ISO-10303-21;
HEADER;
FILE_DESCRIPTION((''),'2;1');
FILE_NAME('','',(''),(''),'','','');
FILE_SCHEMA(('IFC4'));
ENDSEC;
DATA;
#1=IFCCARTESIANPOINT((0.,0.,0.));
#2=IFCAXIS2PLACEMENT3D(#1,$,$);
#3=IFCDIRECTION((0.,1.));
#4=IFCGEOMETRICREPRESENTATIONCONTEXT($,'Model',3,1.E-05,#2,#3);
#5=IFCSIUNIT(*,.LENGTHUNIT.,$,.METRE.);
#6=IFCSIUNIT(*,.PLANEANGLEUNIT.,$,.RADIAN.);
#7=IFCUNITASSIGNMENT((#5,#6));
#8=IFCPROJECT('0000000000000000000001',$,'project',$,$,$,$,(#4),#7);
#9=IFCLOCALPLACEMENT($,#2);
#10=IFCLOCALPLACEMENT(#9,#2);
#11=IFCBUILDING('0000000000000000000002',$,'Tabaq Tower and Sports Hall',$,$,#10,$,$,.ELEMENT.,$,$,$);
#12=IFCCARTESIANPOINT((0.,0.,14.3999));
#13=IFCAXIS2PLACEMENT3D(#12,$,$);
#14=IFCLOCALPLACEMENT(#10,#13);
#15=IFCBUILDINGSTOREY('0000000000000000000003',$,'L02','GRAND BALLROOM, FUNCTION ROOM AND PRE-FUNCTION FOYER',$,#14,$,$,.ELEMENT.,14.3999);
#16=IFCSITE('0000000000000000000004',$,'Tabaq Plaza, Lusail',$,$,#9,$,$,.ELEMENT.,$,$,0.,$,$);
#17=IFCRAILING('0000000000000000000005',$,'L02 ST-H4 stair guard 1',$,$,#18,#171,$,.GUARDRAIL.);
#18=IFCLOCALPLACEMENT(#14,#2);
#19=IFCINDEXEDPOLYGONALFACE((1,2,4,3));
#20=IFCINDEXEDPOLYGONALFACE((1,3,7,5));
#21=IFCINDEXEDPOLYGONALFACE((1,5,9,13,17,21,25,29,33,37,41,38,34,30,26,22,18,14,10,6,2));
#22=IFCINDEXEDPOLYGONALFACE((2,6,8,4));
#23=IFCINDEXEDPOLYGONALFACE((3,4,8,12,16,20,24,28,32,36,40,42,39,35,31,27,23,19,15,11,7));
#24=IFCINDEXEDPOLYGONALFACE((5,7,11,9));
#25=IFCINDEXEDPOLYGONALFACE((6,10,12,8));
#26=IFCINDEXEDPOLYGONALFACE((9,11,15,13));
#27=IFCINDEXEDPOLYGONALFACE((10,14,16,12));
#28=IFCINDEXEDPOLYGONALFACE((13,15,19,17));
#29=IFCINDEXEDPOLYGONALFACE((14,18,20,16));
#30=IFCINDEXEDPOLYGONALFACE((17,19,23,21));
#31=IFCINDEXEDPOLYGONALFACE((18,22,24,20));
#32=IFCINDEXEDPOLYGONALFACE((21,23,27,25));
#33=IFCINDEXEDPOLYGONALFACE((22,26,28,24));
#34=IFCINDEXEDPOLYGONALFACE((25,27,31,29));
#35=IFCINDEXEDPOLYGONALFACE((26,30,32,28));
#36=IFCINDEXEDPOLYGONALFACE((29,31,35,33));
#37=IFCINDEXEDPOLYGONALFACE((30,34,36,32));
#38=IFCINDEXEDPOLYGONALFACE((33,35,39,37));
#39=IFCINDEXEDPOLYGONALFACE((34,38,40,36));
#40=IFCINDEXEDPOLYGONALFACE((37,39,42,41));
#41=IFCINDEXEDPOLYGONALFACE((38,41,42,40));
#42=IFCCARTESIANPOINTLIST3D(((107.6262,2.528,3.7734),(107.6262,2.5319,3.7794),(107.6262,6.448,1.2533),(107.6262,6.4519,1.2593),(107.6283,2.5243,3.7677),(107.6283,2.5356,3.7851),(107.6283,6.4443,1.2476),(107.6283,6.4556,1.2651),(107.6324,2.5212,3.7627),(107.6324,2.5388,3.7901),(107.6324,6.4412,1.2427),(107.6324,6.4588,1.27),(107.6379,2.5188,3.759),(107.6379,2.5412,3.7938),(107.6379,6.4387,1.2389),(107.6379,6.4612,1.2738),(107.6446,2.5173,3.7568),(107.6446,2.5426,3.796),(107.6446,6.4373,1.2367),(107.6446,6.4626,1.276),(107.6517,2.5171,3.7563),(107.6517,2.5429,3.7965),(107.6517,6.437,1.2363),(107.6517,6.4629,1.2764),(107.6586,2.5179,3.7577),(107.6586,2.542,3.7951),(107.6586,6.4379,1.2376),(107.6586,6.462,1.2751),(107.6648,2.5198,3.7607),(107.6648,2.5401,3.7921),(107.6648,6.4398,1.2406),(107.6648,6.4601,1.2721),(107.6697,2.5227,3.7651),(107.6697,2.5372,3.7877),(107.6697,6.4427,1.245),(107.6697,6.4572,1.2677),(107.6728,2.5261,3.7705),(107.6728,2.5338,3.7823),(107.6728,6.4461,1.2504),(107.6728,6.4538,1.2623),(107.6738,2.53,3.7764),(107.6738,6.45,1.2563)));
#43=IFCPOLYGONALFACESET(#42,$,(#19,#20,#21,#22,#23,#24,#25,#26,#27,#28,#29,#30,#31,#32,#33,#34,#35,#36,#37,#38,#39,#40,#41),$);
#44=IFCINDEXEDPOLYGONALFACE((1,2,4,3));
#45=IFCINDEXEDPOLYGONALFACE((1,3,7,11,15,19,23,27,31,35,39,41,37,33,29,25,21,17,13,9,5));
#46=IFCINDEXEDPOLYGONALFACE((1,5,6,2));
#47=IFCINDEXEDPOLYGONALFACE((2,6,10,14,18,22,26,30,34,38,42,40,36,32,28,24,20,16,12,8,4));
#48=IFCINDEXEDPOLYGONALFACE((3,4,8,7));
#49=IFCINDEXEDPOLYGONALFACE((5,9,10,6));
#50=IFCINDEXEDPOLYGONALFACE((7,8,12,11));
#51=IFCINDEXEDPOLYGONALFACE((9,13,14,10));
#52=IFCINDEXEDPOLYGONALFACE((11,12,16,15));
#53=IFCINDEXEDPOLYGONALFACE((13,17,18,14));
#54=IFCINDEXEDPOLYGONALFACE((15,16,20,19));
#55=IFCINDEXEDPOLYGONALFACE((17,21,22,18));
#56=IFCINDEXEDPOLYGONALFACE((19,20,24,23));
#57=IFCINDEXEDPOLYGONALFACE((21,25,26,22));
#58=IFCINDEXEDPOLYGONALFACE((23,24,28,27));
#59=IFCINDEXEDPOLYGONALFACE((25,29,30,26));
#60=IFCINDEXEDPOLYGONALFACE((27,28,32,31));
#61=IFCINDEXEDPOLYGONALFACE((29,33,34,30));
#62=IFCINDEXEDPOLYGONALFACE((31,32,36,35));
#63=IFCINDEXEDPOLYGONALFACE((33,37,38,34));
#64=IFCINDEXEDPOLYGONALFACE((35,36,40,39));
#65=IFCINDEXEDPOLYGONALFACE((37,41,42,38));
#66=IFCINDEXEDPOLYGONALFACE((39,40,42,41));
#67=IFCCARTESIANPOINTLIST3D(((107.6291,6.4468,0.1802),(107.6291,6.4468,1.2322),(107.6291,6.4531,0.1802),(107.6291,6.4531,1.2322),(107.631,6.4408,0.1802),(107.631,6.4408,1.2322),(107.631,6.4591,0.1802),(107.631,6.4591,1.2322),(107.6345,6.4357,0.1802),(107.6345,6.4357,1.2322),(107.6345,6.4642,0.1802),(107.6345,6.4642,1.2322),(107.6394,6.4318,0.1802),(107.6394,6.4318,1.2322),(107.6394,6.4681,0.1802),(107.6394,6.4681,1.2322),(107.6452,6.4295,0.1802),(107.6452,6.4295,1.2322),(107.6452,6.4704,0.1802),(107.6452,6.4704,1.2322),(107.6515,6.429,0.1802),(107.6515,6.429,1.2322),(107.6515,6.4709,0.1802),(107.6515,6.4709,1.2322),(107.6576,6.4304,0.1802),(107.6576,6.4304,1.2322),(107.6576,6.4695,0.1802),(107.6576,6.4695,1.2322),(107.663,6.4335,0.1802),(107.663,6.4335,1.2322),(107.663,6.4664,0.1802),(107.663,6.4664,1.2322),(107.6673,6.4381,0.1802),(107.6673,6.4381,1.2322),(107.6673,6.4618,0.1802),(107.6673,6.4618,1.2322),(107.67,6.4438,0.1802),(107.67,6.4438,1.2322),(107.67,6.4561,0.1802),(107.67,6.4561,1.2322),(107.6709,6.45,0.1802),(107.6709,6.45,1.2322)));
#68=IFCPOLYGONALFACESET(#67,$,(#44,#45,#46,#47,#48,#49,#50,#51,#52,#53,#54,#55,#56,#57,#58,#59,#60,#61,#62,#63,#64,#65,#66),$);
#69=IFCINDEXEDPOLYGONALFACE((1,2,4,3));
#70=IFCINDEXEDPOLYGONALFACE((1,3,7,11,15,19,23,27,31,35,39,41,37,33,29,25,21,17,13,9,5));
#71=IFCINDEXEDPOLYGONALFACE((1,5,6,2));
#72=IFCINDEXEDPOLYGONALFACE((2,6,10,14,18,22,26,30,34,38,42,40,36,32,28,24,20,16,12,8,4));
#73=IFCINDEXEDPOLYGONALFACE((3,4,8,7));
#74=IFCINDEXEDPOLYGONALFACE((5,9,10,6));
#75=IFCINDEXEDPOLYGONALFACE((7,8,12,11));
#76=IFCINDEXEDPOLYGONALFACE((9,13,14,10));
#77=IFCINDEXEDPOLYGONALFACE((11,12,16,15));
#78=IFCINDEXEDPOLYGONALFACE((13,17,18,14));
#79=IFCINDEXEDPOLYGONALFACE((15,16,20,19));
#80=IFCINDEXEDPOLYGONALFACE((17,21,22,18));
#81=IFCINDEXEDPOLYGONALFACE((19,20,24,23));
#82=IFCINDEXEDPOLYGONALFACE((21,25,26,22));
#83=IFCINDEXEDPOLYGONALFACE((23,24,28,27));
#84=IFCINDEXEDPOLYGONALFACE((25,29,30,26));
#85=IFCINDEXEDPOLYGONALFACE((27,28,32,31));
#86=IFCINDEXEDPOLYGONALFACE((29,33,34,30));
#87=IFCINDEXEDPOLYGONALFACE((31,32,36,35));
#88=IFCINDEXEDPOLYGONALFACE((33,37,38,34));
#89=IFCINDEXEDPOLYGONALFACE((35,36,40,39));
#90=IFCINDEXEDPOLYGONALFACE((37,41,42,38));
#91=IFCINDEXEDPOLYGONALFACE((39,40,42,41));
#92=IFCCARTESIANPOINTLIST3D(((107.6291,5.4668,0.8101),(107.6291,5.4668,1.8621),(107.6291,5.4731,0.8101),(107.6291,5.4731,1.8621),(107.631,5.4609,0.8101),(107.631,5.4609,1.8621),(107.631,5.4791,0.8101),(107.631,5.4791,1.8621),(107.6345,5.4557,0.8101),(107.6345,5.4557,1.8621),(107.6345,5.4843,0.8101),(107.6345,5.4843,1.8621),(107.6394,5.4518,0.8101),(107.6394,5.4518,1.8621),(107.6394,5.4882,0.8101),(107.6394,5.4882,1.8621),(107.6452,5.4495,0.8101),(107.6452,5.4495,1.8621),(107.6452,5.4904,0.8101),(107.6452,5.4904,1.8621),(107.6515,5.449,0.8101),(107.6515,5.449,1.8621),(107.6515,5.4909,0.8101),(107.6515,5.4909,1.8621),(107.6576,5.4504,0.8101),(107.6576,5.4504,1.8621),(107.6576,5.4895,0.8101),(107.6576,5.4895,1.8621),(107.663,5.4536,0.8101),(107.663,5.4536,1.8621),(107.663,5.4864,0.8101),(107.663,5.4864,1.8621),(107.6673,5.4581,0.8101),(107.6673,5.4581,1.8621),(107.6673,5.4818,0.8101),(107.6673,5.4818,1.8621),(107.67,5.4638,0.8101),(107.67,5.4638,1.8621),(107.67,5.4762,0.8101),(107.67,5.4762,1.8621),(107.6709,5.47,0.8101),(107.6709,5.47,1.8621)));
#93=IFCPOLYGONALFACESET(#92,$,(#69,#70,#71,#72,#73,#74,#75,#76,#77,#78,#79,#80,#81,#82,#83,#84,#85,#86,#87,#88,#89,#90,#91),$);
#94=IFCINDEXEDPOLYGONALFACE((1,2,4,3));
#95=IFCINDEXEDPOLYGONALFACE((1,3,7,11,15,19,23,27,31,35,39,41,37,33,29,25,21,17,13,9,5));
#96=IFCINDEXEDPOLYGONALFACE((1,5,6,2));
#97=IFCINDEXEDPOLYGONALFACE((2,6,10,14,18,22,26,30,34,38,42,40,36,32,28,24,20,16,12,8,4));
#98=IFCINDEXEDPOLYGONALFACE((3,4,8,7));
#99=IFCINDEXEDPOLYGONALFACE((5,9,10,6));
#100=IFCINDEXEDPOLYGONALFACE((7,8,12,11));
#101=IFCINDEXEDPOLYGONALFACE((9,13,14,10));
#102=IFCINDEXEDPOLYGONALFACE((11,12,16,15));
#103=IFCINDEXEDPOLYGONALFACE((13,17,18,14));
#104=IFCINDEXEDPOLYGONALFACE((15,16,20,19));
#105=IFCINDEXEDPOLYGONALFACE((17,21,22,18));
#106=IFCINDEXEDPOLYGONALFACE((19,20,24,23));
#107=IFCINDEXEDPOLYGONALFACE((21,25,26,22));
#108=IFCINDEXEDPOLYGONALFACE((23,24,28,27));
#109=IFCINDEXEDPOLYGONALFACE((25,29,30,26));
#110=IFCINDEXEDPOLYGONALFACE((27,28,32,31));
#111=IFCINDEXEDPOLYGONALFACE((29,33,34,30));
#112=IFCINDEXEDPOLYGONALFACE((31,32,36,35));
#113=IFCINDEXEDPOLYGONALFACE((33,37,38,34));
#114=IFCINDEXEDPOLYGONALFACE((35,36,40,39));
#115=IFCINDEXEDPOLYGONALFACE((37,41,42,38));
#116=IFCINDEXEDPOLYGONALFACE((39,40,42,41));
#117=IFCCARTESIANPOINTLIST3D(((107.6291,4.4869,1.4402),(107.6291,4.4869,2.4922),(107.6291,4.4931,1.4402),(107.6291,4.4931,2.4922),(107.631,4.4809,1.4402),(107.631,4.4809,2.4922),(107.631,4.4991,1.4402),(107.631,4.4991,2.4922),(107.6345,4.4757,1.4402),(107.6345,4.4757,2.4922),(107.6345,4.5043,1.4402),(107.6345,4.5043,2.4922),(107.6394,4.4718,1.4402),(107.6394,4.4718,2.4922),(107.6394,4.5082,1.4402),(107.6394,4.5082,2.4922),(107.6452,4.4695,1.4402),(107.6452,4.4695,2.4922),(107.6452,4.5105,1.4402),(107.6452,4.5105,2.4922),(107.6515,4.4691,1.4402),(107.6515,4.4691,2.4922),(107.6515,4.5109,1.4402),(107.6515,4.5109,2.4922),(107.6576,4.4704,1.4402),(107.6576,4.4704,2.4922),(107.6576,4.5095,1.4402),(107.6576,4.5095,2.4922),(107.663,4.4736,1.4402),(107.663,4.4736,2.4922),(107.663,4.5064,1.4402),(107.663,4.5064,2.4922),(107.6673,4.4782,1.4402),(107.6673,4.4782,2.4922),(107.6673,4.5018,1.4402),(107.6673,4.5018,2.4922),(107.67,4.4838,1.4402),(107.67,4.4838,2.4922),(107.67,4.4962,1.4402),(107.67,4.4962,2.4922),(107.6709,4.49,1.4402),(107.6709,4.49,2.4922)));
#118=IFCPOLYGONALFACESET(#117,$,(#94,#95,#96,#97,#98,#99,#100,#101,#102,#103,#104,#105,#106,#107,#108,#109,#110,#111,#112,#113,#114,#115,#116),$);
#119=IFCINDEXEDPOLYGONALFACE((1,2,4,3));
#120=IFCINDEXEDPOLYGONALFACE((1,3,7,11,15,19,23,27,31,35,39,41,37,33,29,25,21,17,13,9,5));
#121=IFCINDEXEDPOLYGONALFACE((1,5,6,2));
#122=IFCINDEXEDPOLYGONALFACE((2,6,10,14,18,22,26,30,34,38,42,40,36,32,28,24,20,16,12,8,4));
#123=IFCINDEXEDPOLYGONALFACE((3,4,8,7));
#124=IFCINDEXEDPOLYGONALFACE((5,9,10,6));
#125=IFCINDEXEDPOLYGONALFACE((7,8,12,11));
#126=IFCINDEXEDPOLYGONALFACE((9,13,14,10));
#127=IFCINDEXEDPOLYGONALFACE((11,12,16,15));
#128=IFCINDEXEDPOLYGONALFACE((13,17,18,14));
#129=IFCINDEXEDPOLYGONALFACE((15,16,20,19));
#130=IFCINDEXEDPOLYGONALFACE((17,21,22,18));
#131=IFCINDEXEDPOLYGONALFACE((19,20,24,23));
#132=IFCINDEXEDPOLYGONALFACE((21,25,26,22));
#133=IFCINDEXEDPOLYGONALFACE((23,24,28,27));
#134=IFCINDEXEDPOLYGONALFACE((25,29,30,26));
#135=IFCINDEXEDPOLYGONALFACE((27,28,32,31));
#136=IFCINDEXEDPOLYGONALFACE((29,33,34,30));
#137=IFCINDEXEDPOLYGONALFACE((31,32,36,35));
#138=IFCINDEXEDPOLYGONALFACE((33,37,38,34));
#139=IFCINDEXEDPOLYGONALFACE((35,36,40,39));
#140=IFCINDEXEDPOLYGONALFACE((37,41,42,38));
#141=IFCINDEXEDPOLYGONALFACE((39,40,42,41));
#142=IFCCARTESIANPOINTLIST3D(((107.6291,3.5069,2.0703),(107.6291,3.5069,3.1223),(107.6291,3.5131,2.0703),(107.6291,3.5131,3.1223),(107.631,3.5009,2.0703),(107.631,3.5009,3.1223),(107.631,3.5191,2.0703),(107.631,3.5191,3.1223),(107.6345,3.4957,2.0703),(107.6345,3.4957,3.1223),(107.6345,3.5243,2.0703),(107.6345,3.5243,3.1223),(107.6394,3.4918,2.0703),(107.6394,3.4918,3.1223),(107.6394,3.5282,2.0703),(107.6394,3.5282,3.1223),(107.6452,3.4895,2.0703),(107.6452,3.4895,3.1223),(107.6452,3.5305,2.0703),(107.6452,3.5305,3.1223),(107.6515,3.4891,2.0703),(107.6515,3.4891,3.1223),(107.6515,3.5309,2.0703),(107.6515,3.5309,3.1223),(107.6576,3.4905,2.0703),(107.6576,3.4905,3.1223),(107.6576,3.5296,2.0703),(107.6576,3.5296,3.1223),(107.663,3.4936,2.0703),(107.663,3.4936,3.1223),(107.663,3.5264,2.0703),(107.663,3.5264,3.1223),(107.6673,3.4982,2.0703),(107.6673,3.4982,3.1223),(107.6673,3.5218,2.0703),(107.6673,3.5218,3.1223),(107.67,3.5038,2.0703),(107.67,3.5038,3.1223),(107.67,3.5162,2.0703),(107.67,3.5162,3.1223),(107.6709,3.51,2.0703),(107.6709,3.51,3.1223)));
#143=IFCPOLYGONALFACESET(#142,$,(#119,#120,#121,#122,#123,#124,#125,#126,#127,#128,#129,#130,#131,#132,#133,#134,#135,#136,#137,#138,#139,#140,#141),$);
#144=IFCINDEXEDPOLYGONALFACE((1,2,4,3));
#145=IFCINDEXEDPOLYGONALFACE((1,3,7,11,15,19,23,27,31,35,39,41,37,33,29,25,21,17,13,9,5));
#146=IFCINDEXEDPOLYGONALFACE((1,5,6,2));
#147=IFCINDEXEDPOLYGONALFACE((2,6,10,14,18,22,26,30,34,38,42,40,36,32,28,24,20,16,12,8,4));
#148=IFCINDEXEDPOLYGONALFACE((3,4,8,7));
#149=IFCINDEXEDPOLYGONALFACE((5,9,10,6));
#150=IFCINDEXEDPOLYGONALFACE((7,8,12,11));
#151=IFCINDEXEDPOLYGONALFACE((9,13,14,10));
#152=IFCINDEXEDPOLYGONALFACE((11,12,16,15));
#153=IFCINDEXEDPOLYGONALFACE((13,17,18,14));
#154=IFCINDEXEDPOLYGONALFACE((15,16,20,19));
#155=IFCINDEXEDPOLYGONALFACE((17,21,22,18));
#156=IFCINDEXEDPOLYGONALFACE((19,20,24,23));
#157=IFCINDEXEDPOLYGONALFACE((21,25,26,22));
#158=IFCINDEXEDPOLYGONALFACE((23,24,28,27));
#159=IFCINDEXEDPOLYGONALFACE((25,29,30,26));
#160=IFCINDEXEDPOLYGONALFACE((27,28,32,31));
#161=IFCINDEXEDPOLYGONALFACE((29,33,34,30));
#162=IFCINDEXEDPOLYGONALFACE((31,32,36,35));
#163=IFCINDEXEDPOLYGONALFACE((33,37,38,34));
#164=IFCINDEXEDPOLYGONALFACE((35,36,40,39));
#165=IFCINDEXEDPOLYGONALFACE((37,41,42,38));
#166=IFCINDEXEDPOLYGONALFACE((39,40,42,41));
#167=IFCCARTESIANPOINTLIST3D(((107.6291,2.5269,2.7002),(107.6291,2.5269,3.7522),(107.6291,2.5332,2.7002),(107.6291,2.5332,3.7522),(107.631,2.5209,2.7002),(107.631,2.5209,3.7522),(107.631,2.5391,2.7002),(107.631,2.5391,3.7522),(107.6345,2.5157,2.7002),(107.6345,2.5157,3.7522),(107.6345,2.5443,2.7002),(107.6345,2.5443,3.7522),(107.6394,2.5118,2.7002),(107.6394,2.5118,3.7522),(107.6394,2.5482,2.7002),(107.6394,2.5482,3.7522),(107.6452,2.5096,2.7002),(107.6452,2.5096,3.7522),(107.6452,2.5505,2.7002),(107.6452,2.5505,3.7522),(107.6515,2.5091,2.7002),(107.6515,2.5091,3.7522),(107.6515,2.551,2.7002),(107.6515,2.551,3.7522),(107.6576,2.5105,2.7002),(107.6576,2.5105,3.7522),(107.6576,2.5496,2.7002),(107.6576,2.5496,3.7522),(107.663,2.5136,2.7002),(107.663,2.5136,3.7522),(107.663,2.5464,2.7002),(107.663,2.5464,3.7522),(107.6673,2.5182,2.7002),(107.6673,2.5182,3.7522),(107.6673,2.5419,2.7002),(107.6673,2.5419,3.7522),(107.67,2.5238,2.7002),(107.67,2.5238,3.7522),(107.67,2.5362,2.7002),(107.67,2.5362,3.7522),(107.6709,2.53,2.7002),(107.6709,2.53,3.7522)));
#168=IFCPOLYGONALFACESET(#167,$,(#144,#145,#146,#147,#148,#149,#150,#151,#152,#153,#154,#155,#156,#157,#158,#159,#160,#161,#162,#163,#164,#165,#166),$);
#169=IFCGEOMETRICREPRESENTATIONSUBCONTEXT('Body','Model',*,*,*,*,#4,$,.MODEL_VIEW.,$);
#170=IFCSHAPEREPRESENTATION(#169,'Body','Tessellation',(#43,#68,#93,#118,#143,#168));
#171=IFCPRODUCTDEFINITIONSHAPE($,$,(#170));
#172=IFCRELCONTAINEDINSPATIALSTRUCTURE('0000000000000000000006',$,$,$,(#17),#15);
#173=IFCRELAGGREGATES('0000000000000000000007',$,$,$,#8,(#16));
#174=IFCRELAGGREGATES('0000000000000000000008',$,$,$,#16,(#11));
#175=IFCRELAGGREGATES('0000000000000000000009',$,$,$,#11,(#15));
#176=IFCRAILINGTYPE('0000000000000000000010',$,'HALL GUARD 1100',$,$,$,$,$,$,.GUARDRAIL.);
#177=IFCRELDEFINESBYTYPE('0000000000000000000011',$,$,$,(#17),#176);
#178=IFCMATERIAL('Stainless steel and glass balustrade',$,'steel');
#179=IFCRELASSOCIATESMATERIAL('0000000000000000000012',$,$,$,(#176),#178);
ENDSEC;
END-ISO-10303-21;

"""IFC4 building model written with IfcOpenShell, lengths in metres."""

from ifc_helpers import new_model, si_unit, direction, frame, origin, origin_2d, place, context, subcontext, project, spatial, circle, extrude, material, type_object, element, save


model = new_model("IFC4")

# Units and contexts
model_context = context("Model", 3, precision=1e-05, world=origin(), true_north=direction((0.0, 1.0)))
body_context = subcontext(model_context, "Body", "Model", "MODEL_VIEW")
ifc_project = project(units=[si_unit("LENGTHUNIT", "METRE"), si_unit("PLANEANGLEUNIT", "RADIAN")], contexts=[model_context])

# Site, building, storey
site_placement = place(None, origin())
site = spatial("IfcSite", under=ifc_project, at=site_placement, Name="Tabaq Plaza, Lusail", CompositionType="ELEMENT", RefElevation=0.0)
building_placement = place(site_placement, origin())
building = spatial("IfcBuilding", under=site, at=building_placement, Name="Tabaq Tower and Sports Hall", CompositionType="ELEMENT")
storey_placement = place(building_placement, frame((0.0, 0.0, 14.3999)))
storey = spatial("IfcBuildingStorey", under=building, at=storey_placement, Name="L02", Description="GRAND BALLROOM, FUNCTION ROOM AND PRE-FUNCTION FOYER", CompositionType="ELEMENT", Elevation=14.3999)

# Railing
ifc_material_1 = material(Name="Stainless steel and glass balustrade", Category="steel")
railing_type = type_object("IfcRailingType", Name="HALL GUARD 1100", PredefinedType="GUARDRAIL", material=ifc_material_1)
railing_1_placement = place(storey_placement, frame((107.6499, 6.45, 0.1802)))
element("IfcRailing", 1, at=railing_1_placement, inside=storey, type_object=railing_type, Name="L02 ST-H4 stair guard 1", PredefinedType="GUARDRAIL", context=body_context, shape_type="SweptSolid", body=[
    extrude(circle(Radius=0.0239, at=origin_2d()), frame((0.0, 0.0, 1.0762), z_axis=(0.0, -0.841172, 0.540768), x_axis=(1.0, 0.0, 0.0)), (0.0, 0.0, 1.0), 4.6602),
    extrude(circle(Radius=0.021, at=origin_2d()), origin(), (0.0, 0.0, 1.0), 1.052),
    extrude(circle(Radius=0.021, at=origin_2d()), frame((0.0, -0.98, 0.6299)), (0.0, 0.0, 1.0), 1.052),
    extrude(circle(Radius=0.021, at=origin_2d()), frame((0.0, -1.96, 1.26)), (0.0, 0.0, 1.0), 1.052),
    extrude(circle(Radius=0.021, at=origin_2d()), frame((0.0, -2.9399, 1.8901)), (0.0, 0.0, 1.0), 1.052),
    extrude(circle(Radius=0.021, at=origin_2d()), frame((0.0, -3.9199, 2.52)), (0.0, 0.0, 1.0), 1.052),
])

save(model, "model.ifc")
